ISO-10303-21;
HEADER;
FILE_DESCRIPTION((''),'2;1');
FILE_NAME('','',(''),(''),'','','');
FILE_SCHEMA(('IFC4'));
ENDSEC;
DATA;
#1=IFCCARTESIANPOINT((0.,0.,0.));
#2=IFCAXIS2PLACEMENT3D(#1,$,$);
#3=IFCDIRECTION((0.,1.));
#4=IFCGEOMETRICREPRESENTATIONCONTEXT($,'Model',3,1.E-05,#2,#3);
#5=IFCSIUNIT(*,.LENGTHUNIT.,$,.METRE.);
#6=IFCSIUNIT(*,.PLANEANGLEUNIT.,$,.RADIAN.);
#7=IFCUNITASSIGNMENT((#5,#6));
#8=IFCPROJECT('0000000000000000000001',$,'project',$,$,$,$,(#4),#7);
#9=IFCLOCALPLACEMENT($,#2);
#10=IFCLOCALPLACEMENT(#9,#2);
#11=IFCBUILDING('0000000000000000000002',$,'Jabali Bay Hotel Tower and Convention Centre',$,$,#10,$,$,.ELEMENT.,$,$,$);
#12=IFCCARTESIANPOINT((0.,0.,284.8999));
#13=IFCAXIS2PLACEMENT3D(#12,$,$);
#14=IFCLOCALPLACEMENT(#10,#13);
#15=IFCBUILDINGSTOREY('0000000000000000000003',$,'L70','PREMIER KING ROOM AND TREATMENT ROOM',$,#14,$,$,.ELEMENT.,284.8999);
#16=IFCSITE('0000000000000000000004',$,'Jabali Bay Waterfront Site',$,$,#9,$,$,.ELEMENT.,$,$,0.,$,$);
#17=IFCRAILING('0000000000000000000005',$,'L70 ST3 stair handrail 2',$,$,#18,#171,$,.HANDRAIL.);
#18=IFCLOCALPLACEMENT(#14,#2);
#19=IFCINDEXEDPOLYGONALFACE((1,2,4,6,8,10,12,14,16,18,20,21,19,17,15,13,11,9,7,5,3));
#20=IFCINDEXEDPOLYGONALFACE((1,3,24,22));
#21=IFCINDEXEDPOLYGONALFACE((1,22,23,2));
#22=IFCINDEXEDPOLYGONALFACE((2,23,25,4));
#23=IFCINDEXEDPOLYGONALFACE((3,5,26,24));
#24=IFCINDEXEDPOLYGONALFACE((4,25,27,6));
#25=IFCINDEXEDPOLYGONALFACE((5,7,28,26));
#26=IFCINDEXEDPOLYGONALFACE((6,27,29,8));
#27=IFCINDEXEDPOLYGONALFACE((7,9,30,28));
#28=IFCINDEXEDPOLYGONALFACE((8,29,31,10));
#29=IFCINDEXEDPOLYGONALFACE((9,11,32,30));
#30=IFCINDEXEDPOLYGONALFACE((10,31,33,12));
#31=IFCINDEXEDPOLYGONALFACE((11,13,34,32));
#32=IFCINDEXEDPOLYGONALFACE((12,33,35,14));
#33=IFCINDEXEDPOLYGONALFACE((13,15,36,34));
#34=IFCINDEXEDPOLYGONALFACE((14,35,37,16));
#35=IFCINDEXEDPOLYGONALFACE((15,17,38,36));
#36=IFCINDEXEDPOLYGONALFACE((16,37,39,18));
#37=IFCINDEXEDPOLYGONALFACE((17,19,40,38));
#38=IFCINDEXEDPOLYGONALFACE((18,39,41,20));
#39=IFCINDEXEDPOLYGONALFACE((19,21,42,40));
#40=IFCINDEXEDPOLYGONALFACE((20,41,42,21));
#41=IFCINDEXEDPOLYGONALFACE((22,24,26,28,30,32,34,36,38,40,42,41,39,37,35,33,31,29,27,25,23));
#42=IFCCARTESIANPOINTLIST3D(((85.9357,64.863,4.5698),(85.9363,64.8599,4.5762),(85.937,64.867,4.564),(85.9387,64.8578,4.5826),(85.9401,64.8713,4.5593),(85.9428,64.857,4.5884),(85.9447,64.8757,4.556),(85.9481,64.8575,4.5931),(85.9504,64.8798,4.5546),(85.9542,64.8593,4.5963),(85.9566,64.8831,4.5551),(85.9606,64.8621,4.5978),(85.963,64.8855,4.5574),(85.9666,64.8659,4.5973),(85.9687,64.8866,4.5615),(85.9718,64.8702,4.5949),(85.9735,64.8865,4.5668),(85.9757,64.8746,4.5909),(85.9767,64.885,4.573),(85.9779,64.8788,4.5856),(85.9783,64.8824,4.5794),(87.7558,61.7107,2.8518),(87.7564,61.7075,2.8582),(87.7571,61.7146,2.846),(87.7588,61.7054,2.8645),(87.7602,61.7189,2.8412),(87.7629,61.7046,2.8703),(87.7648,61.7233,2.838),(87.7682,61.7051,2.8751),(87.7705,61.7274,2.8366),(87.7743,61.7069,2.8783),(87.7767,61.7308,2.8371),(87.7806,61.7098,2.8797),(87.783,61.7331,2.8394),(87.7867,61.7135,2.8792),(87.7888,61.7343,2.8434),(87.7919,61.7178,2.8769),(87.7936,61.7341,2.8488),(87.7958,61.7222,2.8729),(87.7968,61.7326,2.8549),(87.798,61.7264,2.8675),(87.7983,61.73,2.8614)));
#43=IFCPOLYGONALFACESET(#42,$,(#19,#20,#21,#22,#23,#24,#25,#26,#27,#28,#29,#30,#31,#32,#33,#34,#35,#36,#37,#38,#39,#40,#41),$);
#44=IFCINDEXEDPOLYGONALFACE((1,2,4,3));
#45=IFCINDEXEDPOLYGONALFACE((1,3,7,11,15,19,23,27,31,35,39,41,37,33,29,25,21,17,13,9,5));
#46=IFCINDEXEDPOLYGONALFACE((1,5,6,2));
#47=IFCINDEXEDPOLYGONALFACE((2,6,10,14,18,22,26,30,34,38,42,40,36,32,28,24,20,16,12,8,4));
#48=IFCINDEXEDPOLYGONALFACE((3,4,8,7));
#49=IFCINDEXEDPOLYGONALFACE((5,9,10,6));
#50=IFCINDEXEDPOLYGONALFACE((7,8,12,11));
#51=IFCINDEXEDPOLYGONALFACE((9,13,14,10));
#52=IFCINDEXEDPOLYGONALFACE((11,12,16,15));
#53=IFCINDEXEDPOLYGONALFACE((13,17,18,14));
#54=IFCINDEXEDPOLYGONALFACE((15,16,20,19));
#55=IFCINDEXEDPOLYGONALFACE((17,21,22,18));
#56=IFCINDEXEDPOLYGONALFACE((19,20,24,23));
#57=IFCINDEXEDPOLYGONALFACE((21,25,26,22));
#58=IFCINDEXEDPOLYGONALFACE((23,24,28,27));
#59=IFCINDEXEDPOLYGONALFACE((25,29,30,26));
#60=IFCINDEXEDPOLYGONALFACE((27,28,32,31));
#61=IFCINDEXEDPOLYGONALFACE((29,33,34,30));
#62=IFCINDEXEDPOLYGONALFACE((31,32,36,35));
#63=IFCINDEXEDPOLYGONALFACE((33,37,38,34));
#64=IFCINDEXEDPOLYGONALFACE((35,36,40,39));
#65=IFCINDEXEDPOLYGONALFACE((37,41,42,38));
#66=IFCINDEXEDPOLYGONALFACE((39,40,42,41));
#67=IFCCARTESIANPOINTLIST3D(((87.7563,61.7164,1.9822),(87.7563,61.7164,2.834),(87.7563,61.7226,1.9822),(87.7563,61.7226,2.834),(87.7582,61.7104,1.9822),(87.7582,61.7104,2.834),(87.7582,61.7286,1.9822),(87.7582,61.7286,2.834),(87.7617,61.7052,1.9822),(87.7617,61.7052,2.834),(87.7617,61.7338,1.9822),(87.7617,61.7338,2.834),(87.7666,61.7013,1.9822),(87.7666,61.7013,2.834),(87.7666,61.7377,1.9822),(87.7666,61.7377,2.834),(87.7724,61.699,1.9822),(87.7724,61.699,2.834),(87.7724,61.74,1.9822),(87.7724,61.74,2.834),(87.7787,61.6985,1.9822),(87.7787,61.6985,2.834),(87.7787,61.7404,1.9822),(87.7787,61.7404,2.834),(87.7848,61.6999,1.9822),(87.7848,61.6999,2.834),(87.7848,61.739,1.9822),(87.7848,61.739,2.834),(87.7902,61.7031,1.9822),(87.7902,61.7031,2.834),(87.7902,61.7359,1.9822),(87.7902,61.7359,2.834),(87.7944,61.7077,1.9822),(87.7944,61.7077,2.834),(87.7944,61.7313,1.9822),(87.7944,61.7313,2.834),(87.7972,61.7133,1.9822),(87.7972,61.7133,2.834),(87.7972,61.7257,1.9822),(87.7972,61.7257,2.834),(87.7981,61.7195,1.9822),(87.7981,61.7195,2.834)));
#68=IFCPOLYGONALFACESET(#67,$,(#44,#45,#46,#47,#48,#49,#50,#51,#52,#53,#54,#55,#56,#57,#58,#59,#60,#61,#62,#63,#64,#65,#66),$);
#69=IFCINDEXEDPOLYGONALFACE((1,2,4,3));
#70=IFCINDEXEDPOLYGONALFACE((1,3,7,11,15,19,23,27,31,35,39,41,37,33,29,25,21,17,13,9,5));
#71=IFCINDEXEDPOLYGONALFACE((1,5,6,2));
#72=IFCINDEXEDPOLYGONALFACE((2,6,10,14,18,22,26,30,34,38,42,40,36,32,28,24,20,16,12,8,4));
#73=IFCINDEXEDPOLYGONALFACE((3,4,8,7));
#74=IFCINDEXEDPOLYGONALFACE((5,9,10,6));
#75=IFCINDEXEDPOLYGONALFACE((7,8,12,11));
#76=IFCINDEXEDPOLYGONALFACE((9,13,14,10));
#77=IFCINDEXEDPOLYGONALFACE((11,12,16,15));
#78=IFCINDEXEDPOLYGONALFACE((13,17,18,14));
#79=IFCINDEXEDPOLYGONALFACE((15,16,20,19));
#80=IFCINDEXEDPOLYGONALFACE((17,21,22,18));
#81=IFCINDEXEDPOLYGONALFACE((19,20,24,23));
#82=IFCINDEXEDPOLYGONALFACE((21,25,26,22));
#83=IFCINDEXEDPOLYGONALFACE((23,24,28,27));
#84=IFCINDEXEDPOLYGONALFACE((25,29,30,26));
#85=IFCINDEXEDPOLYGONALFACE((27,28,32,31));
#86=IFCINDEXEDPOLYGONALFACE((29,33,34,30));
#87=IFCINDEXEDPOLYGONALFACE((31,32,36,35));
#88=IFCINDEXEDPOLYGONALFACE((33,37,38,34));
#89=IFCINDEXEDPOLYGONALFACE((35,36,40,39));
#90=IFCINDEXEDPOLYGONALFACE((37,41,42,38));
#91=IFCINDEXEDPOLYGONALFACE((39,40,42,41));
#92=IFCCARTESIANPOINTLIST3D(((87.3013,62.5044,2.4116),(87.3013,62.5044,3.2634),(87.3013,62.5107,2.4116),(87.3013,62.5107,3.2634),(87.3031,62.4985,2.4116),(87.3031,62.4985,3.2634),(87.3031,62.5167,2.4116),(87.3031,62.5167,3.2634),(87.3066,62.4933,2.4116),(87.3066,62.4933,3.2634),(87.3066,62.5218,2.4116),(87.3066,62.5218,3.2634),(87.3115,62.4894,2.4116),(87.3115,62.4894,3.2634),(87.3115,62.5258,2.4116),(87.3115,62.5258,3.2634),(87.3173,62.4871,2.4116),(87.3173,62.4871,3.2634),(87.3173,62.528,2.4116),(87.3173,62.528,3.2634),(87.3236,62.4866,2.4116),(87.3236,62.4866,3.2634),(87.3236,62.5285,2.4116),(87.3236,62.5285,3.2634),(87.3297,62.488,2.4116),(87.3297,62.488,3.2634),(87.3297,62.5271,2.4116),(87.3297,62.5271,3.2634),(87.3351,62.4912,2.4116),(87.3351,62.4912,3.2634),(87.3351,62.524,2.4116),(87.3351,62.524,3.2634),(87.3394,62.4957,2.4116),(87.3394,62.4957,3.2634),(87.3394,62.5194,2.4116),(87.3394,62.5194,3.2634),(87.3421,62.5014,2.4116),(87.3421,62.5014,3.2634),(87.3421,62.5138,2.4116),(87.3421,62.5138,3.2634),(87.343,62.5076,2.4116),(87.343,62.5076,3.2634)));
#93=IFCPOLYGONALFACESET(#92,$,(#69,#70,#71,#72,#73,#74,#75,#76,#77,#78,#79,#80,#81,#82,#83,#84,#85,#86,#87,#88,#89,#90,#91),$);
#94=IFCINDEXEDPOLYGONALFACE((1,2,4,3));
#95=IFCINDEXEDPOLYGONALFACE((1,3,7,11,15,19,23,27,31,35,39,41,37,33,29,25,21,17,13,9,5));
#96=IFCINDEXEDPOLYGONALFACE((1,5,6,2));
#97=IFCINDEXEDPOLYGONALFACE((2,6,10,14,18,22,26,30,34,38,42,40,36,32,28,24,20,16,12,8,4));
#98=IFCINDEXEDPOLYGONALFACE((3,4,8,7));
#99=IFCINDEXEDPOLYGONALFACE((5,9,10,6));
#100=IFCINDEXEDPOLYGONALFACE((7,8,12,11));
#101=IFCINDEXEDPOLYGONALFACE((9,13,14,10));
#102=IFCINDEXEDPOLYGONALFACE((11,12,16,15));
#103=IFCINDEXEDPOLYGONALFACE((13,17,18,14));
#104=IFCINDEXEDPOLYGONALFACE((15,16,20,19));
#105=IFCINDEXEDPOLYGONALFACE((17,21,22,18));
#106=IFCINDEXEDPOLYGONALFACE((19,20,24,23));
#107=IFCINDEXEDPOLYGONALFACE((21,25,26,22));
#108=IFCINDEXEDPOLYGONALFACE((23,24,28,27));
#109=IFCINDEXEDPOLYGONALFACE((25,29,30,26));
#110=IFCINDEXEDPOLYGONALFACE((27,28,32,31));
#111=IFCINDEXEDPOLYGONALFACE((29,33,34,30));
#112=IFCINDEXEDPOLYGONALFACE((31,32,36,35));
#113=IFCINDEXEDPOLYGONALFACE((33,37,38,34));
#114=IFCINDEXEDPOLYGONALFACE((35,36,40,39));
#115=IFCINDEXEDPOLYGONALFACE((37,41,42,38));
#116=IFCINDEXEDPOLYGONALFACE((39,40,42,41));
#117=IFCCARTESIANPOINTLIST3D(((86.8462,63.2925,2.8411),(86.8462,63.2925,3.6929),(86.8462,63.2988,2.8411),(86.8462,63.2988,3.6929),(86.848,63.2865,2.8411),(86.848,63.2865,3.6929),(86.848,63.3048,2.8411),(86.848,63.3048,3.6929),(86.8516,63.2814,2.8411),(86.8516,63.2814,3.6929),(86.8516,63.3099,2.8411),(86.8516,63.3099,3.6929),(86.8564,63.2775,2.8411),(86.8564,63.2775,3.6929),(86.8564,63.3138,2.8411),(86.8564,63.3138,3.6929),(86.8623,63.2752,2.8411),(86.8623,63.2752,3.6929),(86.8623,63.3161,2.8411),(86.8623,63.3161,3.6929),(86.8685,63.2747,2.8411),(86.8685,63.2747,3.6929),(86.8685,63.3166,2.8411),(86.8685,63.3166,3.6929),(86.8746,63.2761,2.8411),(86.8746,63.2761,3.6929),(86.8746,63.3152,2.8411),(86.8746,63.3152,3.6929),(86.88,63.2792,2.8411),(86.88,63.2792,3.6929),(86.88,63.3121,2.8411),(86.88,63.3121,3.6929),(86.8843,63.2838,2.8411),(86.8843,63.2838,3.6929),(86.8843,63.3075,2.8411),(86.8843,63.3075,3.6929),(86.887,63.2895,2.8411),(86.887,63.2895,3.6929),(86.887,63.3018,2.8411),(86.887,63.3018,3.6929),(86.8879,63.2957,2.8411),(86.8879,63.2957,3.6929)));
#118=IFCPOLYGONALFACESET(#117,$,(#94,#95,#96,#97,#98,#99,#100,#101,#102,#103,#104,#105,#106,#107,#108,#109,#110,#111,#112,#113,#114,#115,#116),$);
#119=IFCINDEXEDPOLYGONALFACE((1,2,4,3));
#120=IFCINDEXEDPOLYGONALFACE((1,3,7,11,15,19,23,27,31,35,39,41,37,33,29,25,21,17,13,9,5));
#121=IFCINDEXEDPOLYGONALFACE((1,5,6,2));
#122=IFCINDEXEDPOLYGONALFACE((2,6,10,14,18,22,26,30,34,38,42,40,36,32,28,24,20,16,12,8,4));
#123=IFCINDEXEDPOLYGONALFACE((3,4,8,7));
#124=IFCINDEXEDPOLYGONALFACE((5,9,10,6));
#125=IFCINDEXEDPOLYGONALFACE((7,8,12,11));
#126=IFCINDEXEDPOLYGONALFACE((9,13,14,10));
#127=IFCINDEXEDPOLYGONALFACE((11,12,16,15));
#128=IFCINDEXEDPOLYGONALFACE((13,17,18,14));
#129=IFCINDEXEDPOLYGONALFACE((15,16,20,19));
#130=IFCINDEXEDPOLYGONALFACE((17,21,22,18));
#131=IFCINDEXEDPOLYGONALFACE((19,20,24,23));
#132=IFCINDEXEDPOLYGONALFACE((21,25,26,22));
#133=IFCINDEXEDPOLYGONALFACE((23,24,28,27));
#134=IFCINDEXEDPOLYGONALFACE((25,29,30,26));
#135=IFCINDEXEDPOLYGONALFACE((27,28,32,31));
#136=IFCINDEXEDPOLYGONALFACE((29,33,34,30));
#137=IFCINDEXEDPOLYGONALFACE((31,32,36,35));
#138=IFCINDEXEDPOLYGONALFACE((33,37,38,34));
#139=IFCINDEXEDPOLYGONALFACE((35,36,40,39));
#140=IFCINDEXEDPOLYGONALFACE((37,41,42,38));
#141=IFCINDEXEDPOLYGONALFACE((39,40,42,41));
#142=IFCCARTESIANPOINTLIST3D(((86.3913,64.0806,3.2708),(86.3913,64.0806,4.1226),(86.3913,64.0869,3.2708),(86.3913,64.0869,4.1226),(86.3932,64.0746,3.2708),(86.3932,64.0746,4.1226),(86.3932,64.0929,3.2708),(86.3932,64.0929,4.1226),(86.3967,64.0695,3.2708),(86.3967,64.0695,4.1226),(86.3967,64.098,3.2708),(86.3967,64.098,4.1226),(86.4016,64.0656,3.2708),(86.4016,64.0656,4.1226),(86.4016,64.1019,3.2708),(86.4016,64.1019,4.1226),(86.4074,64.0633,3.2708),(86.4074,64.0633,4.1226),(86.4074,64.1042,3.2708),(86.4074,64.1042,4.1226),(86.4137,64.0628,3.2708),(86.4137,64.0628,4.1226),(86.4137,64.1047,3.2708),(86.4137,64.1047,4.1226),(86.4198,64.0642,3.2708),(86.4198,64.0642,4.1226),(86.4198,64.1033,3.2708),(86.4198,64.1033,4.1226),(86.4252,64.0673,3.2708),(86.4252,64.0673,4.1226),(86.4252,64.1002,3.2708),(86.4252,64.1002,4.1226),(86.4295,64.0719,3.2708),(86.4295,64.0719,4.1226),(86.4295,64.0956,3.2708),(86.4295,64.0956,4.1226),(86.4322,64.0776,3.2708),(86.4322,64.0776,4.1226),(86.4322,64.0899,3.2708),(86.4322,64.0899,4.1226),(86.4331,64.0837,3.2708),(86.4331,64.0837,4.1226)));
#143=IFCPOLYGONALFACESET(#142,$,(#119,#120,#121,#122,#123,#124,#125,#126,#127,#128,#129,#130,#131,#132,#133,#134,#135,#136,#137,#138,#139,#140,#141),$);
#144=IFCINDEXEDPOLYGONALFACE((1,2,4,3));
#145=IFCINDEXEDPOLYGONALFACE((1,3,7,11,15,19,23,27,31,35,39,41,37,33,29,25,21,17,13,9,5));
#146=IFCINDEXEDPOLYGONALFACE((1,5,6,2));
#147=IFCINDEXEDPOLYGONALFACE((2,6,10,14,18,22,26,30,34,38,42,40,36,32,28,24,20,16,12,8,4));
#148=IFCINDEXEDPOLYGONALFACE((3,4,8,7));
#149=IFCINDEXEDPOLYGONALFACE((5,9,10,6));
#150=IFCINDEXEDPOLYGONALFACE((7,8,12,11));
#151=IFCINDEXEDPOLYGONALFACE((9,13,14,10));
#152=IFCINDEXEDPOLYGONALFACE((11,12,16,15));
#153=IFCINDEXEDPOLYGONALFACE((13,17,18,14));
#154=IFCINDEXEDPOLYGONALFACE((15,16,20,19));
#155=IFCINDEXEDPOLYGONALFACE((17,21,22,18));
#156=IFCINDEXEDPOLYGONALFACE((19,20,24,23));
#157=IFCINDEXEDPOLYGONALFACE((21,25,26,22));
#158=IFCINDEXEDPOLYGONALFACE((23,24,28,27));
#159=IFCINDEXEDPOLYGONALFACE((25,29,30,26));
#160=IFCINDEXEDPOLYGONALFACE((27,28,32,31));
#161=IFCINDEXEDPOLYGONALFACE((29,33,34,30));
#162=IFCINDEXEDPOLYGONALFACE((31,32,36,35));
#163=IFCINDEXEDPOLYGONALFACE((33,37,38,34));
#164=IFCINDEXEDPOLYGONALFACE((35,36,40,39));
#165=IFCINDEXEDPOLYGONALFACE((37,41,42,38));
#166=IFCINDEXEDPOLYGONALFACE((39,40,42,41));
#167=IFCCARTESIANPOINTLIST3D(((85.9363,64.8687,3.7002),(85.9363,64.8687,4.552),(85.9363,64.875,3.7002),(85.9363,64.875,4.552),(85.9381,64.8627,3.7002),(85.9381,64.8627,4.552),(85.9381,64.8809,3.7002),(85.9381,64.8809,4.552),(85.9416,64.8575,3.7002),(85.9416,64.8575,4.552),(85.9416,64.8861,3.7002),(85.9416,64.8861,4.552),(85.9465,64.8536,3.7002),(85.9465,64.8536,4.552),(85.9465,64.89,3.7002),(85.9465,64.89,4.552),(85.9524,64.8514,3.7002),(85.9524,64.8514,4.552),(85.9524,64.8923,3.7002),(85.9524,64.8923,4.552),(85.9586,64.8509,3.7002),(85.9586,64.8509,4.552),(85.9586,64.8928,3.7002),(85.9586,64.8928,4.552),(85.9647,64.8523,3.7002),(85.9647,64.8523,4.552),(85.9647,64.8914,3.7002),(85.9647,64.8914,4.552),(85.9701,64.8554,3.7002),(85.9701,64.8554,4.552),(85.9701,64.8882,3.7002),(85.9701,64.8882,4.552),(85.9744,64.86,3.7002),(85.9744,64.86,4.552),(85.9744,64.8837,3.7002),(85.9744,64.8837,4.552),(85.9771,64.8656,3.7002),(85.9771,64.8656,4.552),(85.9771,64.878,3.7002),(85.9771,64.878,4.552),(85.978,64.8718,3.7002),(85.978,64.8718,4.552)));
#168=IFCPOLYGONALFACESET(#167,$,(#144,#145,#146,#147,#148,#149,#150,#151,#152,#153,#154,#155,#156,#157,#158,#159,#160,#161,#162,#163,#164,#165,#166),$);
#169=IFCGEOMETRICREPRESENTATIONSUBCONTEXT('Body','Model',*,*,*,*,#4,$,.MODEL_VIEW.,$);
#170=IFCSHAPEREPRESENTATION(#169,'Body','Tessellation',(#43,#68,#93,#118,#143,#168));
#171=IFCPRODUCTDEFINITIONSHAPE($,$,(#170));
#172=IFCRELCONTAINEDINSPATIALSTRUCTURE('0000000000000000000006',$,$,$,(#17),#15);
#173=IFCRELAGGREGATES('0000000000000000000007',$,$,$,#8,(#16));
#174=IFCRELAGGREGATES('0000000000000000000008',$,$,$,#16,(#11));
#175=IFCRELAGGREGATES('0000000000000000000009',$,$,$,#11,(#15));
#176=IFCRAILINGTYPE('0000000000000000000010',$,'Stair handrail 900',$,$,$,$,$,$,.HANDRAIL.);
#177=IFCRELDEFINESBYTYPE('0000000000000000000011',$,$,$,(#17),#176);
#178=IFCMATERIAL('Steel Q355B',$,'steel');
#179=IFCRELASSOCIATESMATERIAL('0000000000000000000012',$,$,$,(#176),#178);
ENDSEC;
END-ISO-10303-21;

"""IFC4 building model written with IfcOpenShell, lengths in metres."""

from ifc_helpers import new_model, si_unit, direction, frame, origin, origin_2d, place, context, subcontext, project, spatial, circle, extrude, material, type_object, element, save


model = new_model("IFC4")

# Units and contexts
model_context = context("Model", 3, precision=1e-05, world=origin(), true_north=direction((0.0, 1.0)))
body_context = subcontext(model_context, "Body", "Model", "MODEL_VIEW")
ifc_project = project(units=[si_unit("LENGTHUNIT", "METRE"), si_unit("PLANEANGLEUNIT", "RADIAN")], contexts=[model_context])

# Site, building, storey
site_placement = place(None, origin())
site = spatial("IfcSite", under=ifc_project, at=site_placement, Name="Jabali Bay Waterfront Site", CompositionType="ELEMENT", RefElevation=0.0)
building_placement = place(site_placement, origin())
building = spatial("IfcBuilding", under=site, at=building_placement, Name="Jabali Bay Hotel Tower and Convention Centre", CompositionType="ELEMENT")
storey_placement = place(building_placement, frame((0.0, 0.0, 284.8999)))
storey = spatial("IfcBuildingStorey", under=building, at=storey_placement, Name="L70", Description="PREMIER KING ROOM AND TREATMENT ROOM", CompositionType="ELEMENT", Elevation=284.8999)

# Railing
ifc_material_1 = material(Name="Steel Q355B", Category="steel")
railing_type_1 = type_object("IfcRailingType", Name="Stair handrail 900", PredefinedType="HANDRAIL", material=ifc_material_1)
railing_1_placement = place(storey_placement, frame((87.7771, 61.7195, 1.9822)))
element("IfcRailing", 1, at=railing_1_placement, inside=storey, type_object=railing_type_1, Name="L70 ST3 stair handrail 2", PredefinedType="HANDRAIL", context=body_context, shape_type="SweptSolid", body=[
    extrude(circle(Radius=0.0239, at=origin_2d()), frame((0.0, 0.0, 0.876), z_axis=(-0.452179, 0.78317, 0.426825), x_axis=(-0.866018, -0.500013, 0.0)), (0.0, 0.0, 1.0), 4.0251),
    extrude(circle(Radius=0.021, at=origin_2d()), origin(), (0.0, 0.0, 1.0), 0.8518),
    extrude(circle(Radius=0.021, at=origin_2d()), frame((-0.4551, 0.7881, 0.4294)), (0.0, 0.0, 1.0), 0.8518),
    extrude(circle(Radius=0.021, at=origin_2d()), frame((-0.9102, 1.5762, 0.8589)), (0.0, 0.0, 1.0), 0.8518),
    extrude(circle(Radius=0.021, at=origin_2d()), frame((-1.365, 2.3643, 1.2886)), (0.0, 0.0, 1.0), 0.8518),
    extrude(circle(Radius=0.021, at=origin_2d()), frame((-1.8201, 3.1523, 1.718)), (0.0, 0.0, 1.0), 0.8518),
])

save(model, "model.ifc")
